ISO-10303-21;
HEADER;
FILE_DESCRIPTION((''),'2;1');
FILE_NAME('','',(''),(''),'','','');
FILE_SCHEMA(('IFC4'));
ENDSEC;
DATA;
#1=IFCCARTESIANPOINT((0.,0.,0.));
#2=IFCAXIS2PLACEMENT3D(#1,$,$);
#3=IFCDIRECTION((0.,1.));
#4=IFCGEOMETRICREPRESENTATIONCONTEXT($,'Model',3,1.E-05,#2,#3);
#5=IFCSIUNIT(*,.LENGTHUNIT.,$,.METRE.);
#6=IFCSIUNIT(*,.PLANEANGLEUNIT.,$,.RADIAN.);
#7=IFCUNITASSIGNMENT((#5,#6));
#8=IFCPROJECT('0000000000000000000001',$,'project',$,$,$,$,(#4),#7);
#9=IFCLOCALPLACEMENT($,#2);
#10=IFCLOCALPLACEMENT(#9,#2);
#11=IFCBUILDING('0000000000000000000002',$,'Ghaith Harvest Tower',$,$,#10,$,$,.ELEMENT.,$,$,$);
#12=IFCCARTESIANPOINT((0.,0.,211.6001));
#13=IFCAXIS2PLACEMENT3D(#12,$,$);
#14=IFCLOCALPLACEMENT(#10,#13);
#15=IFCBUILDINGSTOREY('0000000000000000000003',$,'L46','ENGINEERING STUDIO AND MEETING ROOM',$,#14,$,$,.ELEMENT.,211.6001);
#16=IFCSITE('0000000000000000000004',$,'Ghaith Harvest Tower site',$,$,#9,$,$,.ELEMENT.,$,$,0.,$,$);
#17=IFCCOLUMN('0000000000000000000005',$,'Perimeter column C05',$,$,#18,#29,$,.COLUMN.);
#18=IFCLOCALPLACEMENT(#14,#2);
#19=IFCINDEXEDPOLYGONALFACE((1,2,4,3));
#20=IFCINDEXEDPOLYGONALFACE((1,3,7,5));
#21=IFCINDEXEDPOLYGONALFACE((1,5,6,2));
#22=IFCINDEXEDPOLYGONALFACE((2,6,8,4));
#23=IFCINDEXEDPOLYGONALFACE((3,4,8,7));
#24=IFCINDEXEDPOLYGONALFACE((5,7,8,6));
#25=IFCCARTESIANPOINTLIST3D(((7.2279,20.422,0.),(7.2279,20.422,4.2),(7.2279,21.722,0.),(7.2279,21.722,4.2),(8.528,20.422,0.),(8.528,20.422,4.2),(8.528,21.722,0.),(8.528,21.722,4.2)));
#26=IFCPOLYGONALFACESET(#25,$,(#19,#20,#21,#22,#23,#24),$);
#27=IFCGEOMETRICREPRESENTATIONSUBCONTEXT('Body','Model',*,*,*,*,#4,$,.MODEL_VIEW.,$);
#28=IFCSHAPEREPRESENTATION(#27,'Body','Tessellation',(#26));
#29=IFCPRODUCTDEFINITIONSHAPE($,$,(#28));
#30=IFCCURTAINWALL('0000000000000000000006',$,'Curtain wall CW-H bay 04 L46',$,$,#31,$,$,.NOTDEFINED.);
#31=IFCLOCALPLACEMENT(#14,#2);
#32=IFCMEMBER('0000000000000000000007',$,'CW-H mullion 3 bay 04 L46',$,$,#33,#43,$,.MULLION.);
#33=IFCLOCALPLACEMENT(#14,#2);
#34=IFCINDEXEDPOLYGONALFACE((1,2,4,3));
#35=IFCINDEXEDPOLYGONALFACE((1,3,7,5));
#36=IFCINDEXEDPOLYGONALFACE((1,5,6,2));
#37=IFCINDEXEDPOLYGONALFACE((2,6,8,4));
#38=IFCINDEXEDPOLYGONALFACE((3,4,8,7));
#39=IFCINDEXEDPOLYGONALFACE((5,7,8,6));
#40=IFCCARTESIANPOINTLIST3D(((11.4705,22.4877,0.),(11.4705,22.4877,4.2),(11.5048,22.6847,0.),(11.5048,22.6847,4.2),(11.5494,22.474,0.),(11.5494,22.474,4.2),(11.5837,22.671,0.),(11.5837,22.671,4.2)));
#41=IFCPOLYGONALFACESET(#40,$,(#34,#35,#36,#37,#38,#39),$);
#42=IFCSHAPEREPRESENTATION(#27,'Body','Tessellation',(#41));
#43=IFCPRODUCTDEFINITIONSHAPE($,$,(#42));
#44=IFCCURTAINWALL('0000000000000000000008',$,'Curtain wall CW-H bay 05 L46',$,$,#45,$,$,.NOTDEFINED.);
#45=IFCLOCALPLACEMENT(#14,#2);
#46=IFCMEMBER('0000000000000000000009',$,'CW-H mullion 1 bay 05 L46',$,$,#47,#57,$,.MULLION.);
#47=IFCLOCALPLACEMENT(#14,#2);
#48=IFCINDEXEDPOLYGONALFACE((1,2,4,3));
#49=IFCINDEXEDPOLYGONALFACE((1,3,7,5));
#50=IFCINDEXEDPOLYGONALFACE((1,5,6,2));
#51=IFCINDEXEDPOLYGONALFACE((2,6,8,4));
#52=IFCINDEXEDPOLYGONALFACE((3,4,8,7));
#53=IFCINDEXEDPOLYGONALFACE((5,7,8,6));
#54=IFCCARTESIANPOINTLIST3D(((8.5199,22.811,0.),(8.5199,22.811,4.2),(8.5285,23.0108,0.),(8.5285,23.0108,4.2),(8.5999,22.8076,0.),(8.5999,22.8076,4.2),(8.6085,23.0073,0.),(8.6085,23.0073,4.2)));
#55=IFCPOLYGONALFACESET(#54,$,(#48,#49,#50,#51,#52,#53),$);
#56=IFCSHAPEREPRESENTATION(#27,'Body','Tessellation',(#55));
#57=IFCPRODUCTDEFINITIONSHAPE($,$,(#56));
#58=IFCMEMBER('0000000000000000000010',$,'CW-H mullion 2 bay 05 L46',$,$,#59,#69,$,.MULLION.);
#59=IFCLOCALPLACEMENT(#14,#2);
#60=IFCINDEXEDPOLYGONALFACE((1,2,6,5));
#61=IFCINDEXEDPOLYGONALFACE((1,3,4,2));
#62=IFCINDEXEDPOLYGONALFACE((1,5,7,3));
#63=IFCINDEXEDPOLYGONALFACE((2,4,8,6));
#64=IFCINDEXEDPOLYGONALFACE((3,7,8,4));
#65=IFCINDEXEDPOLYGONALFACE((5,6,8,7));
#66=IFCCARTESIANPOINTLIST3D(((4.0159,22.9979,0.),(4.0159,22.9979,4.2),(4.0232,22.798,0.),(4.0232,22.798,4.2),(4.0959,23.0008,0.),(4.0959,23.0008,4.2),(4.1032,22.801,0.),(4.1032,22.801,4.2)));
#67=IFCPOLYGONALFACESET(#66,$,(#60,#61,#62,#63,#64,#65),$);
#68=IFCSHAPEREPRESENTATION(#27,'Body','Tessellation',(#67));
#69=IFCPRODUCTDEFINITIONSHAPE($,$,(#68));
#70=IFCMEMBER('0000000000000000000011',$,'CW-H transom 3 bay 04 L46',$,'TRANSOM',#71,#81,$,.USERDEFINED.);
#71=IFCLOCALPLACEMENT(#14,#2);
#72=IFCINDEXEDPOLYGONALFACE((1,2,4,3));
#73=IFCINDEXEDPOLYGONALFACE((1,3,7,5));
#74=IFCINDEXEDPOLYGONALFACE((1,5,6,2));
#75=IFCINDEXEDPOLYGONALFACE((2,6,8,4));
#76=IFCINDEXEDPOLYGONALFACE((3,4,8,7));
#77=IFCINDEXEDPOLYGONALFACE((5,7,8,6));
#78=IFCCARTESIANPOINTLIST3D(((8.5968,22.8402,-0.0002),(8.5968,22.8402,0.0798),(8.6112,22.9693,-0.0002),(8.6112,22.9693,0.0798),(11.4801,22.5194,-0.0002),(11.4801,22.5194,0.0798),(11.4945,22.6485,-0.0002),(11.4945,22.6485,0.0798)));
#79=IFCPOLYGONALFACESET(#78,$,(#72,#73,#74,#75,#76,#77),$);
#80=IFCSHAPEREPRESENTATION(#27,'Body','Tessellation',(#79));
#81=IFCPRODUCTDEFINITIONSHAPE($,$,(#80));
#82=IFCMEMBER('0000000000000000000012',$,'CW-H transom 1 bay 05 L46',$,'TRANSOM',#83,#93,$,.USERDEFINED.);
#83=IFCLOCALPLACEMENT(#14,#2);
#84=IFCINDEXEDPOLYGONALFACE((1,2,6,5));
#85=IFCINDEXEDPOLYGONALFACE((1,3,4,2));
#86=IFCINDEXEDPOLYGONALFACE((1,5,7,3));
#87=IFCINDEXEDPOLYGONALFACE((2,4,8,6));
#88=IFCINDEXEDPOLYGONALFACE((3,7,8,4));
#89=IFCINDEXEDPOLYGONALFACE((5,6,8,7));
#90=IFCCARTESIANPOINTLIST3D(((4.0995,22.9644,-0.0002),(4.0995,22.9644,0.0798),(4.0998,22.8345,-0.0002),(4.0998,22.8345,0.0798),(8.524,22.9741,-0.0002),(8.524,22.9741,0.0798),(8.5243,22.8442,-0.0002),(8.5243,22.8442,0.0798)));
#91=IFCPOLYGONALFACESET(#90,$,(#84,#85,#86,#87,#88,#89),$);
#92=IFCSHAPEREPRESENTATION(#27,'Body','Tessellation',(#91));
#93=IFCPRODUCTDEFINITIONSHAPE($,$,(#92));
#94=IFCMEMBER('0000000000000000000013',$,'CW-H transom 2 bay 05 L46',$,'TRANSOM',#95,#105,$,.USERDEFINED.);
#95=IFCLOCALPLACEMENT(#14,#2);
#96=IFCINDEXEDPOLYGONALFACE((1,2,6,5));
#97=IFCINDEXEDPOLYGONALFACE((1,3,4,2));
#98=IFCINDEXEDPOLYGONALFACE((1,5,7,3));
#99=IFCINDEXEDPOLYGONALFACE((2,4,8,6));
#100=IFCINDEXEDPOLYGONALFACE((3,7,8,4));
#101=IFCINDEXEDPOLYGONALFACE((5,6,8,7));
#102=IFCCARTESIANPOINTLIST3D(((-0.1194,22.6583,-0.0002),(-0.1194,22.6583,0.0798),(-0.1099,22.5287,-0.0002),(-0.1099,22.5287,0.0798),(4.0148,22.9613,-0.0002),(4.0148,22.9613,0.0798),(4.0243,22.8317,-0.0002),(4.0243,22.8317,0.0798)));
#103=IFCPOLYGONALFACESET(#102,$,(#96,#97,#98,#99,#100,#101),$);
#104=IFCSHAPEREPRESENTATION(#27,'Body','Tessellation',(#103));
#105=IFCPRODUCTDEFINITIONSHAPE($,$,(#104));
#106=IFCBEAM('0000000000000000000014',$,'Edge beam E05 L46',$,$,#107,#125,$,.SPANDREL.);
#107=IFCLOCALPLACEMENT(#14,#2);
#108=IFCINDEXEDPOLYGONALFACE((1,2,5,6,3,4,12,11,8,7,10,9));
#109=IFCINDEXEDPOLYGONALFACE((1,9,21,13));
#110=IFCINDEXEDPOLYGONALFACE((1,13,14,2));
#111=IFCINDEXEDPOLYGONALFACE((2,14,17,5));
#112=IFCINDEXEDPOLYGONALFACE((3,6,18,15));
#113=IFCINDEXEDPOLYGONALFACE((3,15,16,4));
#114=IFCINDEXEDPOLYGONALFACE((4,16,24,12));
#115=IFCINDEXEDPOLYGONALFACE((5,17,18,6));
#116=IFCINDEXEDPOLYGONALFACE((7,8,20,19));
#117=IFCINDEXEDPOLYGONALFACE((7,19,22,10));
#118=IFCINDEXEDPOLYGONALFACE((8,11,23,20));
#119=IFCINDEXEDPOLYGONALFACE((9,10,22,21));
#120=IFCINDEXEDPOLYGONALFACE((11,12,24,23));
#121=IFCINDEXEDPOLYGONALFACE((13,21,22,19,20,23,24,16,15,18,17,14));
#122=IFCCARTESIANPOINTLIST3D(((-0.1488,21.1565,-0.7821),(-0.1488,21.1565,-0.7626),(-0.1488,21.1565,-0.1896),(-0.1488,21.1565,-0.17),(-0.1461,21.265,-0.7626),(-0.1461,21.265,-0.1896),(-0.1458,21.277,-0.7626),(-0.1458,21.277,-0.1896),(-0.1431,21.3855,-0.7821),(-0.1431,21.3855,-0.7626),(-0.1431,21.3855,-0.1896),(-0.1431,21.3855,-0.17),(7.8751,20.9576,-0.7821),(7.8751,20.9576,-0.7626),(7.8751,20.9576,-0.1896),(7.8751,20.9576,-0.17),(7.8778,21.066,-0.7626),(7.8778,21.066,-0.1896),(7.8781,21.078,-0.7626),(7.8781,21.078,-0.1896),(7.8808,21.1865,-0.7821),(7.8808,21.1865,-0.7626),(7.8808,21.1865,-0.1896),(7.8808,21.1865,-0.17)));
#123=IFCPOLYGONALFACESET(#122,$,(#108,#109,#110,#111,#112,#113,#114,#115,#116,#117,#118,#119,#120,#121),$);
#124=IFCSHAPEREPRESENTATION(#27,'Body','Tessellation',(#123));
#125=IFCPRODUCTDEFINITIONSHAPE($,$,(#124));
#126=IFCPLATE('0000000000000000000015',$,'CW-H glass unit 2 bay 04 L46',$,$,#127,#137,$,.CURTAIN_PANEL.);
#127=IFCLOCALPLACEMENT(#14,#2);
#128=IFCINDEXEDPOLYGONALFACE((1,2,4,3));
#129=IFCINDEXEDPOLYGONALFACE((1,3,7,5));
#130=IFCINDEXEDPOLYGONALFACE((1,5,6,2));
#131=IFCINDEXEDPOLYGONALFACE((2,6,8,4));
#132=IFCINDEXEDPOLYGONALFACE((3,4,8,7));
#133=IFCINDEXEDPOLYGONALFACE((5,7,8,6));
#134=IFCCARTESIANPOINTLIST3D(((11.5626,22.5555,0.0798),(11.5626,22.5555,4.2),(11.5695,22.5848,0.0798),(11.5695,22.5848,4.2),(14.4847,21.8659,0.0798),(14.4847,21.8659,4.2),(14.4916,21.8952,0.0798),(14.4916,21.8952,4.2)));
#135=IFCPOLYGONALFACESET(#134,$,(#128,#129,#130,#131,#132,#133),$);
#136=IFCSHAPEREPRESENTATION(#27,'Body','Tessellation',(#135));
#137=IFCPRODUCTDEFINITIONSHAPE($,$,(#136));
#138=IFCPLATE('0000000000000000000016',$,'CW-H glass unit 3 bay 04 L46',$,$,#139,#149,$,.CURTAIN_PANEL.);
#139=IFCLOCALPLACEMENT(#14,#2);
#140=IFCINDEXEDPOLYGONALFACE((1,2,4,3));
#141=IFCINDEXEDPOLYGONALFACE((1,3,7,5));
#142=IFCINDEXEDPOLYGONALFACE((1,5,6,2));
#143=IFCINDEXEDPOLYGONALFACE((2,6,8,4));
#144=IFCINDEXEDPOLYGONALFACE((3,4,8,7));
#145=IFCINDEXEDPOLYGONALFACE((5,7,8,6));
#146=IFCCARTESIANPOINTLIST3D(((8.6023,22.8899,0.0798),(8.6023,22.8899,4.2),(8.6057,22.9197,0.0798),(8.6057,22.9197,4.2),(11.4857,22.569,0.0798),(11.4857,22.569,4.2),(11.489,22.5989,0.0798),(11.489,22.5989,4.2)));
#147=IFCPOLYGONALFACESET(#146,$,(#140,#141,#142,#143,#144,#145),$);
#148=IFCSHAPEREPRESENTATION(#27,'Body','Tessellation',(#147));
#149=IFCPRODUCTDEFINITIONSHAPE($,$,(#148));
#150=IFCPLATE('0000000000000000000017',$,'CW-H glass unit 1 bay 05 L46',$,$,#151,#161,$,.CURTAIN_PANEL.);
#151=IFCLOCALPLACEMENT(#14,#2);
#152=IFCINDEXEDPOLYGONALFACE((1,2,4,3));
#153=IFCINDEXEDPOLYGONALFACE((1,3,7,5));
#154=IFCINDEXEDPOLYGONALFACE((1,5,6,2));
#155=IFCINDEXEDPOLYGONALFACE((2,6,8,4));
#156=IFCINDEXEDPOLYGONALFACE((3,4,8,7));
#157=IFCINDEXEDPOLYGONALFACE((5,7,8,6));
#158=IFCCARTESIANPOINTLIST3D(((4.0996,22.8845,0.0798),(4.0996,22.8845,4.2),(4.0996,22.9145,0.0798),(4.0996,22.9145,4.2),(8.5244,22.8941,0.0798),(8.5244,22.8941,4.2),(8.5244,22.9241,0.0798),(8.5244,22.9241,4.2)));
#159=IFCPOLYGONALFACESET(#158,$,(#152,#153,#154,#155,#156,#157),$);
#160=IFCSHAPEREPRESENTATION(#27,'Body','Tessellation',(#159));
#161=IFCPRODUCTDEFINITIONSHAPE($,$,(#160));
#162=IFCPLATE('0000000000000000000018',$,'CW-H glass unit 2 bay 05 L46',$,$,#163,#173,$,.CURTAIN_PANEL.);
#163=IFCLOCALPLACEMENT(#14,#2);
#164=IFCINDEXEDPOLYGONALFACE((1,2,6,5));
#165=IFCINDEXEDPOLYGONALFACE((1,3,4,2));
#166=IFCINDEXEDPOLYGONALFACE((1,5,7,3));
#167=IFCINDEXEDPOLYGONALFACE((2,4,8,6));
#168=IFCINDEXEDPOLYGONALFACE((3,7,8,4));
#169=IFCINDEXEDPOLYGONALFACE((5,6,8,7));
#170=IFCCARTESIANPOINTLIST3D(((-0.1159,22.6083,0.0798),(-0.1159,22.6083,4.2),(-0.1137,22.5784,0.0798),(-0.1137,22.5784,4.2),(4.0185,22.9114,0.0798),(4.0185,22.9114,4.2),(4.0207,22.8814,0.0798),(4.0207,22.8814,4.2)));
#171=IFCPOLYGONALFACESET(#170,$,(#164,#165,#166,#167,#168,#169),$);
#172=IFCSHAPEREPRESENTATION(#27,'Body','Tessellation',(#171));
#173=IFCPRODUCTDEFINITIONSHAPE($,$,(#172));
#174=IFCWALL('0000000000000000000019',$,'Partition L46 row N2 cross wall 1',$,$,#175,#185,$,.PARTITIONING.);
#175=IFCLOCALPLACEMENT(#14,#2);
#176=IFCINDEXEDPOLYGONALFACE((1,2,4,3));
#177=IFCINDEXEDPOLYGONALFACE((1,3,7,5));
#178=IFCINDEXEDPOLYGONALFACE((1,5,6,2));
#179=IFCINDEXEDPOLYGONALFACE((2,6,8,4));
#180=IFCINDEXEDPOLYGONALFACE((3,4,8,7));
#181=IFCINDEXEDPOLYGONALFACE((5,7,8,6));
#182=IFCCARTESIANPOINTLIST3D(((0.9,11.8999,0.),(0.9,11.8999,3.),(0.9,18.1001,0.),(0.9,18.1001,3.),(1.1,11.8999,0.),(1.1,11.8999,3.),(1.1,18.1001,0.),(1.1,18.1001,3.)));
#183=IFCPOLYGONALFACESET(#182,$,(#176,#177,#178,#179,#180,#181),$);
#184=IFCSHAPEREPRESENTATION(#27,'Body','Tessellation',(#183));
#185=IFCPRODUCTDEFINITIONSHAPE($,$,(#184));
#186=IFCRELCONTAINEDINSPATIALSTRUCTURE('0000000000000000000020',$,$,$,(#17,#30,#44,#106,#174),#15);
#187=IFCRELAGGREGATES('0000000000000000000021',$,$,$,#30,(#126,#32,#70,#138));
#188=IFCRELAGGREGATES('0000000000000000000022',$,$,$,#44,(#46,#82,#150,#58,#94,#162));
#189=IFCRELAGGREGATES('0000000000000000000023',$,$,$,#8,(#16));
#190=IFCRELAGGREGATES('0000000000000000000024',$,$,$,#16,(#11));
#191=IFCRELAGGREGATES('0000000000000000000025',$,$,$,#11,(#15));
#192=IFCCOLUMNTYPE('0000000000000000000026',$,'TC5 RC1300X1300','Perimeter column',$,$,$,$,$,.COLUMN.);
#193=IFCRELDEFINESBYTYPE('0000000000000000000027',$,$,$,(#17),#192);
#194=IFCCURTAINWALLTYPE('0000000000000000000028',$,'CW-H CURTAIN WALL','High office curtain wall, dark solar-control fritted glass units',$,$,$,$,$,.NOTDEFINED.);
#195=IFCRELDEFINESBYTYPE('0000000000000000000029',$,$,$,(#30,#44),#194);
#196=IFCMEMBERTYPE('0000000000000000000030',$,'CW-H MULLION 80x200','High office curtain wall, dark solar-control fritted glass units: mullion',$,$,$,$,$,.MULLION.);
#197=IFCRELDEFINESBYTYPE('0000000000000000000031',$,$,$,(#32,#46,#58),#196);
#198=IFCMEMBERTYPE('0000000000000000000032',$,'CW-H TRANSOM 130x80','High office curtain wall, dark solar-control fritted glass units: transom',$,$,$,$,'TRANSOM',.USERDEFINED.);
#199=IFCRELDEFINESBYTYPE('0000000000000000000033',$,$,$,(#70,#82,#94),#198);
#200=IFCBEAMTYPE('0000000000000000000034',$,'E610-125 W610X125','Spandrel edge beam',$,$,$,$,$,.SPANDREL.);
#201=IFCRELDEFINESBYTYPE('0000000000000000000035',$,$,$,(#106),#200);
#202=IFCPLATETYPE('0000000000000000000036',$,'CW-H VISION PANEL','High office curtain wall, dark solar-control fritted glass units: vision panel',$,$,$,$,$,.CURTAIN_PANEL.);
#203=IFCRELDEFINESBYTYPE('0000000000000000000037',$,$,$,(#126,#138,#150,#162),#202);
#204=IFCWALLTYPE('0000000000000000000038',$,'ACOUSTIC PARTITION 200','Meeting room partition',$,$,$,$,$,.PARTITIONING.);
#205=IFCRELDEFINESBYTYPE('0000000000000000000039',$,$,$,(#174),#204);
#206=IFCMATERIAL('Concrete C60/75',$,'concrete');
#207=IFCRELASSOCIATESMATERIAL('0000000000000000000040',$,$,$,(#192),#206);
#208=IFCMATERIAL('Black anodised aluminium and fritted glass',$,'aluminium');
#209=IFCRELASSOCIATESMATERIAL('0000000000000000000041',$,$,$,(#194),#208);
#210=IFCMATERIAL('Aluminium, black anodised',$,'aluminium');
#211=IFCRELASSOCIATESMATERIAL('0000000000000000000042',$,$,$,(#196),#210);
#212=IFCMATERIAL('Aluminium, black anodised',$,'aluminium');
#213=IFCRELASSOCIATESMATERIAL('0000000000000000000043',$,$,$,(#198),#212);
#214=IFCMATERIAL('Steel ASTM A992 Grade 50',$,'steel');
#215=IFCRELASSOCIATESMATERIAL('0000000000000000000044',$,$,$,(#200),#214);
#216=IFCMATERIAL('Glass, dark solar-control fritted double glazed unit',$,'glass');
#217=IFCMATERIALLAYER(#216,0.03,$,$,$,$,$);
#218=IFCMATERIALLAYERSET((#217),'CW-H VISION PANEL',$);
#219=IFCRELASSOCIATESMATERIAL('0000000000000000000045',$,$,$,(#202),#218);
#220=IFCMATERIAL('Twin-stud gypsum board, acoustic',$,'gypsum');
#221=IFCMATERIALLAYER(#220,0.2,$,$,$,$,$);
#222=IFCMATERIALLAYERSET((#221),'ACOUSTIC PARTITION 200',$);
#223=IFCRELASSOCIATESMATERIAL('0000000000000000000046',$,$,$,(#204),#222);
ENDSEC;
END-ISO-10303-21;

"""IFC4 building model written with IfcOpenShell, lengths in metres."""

from ifc_helpers import new_model, si_unit, direction, frame, frame_2d, origin, origin_2d, place, context, subcontext, project, spatial, rectangle, i_section, extrude, material, layer, layer_set, material_profile, profile_set, type_object, element, aggregate, save


model = new_model("IFC4")

# Units and contexts
model_context = context("Model", 3, precision=1e-05, world=origin(), true_north=direction((0.0, 1.0)))
body_context = subcontext(model_context, "Body", "Model", "MODEL_VIEW")
ifc_project = project(units=[si_unit("LENGTHUNIT", "METRE"), si_unit("PLANEANGLEUNIT", "RADIAN")], contexts=[model_context])

# Site, building, storey
site_placement = place(None, origin())
site = spatial("IfcSite", under=ifc_project, at=site_placement, Name="Ghaith Harvest Tower site", CompositionType="ELEMENT", RefElevation=0.0)
building_placement = place(site_placement, origin())
building = spatial("IfcBuilding", under=site, at=building_placement, Name="Ghaith Harvest Tower", CompositionType="ELEMENT")
storey_placement = place(building_placement, frame((0.0, 0.0, 211.6001)))
storey = spatial("IfcBuildingStorey", under=building, at=storey_placement, Name="L46", Description="ENGINEERING STUDIO AND MEETING ROOM", CompositionType="ELEMENT", Elevation=211.6001)

# Column
ifc_material_1 = material(Name="Concrete C60/75", Category="concrete")
ifc_material_profile_1 = material_profile(ifc_material_1, rectangle(XDim=1.3, YDim=1.3, at=origin_2d()), Name="RC1300X1300")
ifc_profile_set_1 = profile_set([ifc_material_profile_1], Name="Concrete C60/75")
column_type = type_object("IfcColumnType", Name="TC5 RC1300X1300", Description="Perimeter column", PredefinedType="COLUMN", material=ifc_profile_set_1)
column_placement = place(storey_placement, frame((7.8779, 21.072, 0.0), z_axis=(0.0, 0.0, 1.0), x_axis=(1.0, 0.0, 0.0)))
element("IfcColumn", 1, at=column_placement, inside=storey, type_object=column_type, Name="Perimeter column C05", PredefinedType="COLUMN", context=body_context, shape_type="SweptSolid", body=[
    extrude(rectangle(XDim=1.3, YDim=1.3, at=origin_2d()), origin(), (0.0, 0.0, 1.0), 4.2),
])

# Curtain wall, member
ifc_material_2 = material(Name="Black anodised aluminium and fritted glass", Category="aluminium")
curtain_wall_type = type_object("IfcCurtainWallType", Name="CW-H CURTAIN WALL", Description="High office curtain wall, dark solar-control fritted glass units", PredefinedType="NOTDEFINED", material=ifc_material_2)
curtain_wall_1_placement = place(storey_placement, origin())
curtain_wall_1 = element("IfcCurtainWall", 2, at=curtain_wall_1_placement, inside=storey, type_object=curtain_wall_type, Name="Curtain wall CW-H bay 04 L46", PredefinedType="NOTDEFINED")
ifc_material_3 = material(Name="Aluminium, black anodised", Category="aluminium")
ifc_material_profile_2 = material_profile(ifc_material_3, rectangle(XDim=0.0801, YDim=0.2, at=origin_2d()), Name="CW-H MULLION 80x200")
ifc_profile_set_2 = profile_set([ifc_material_profile_2], Name="Aluminium, black anodised")
member_type_1 = type_object("IfcMemberType", Name="CW-H MULLION 80x200", Description="High office curtain wall, dark solar-control fritted glass units: mullion", PredefinedType="MULLION", material=ifc_profile_set_2)
member_1_placement = place(storey_placement, frame((11.5271, 22.5793, 0.0), z_axis=(0.0, 0.0, 1.0), x_axis=(-0.985193, 0.171447, 0.0)))
member_1 = element("IfcMember", 3, at=member_1_placement, type_object=member_type_1, Name="CW-H mullion 3 bay 04 L46", PredefinedType="MULLION", context=body_context, shape_type="SweptSolid", body=[
    extrude(rectangle(XDim=0.0801, YDim=0.2, at=origin_2d()), origin(), (0.0, 0.0, 1.0), 4.2),
])

# Curtain wall, members
curtain_wall_2_placement = place(storey_placement, origin())
curtain_wall_2 = element("IfcCurtainWall", 4, at=curtain_wall_2_placement, inside=storey, type_object=curtain_wall_type, Name="Curtain wall CW-H bay 05 L46", PredefinedType="NOTDEFINED")
member_2_placement = place(storey_placement, frame((8.5642, 22.9092, 0.0), z_axis=(0.0, 0.0, 1.0), x_axis=(-0.999084, 0.042803, 0.0)))
member_2 = element("IfcMember", 5, at=member_2_placement, type_object=member_type_1, Name="CW-H mullion 1 bay 05 L46", PredefinedType="MULLION", context=body_context, shape_type="SweptSolid", body=[
    extrude(rectangle(XDim=0.0801, YDim=0.2, at=origin_2d()), origin(), (0.0, 0.0, 1.0), 4.2),
])
member_3_placement = place(storey_placement, frame((4.0596, 22.8994, 0.0), z_axis=(0.0, 0.0, 1.0), x_axis=(-0.999333, -0.036524, 0.0)))
member_3 = element("IfcMember", 6, at=member_3_placement, type_object=member_type_1, Name="CW-H mullion 2 bay 05 L46", PredefinedType="MULLION", context=body_context, shape_type="SweptSolid", body=[
    extrude(rectangle(XDim=0.0801, YDim=0.2, at=origin_2d()), origin(), (0.0, 0.0, 1.0), 4.2),
])

# Members
ifc_material_4 = material(Name="Aluminium, black anodised", Category="aluminium")
ifc_material_profile_3 = material_profile(ifc_material_4, rectangle(XDim=0.1299, YDim=0.0801, at=origin_2d()), Name="CW-H TRANSOM 130x80")
ifc_profile_set_3 = profile_set([ifc_material_profile_3], Name="Aluminium, black anodised")
member_type_2 = type_object("IfcMemberType", Name="CW-H TRANSOM 130x80", Description="High office curtain wall, dark solar-control fritted glass units: transom", ElementType="TRANSOM", PredefinedType="USERDEFINED", material=ifc_profile_set_3)
member_4_placement = place(storey_placement, frame((11.4873, 22.584, 0.0398), z_axis=(-0.993867, 0.110579, 0.0), x_axis=(-0.110579, -0.993867, 0.0)))
member_4 = element("IfcMember", 7, at=member_4_placement, type_object=member_type_2, Name="CW-H transom 3 bay 04 L46", ObjectType="TRANSOM", PredefinedType="USERDEFINED", context=body_context, shape_type="SweptSolid", body=[
    extrude(rectangle(XDim=0.1299, YDim=0.0801, at=origin_2d()), origin(), (0.0, 0.0, 1.0), 2.9011),
])
member_5_placement = place(storey_placement, frame((8.5242, 22.9092, 0.0398), z_axis=(-0.999998, -0.002207, 0.0), x_axis=(0.002207, -0.999998, 0.0)))
member_5 = element("IfcMember", 8, at=member_5_placement, type_object=member_type_2, Name="CW-H transom 1 bay 05 L46", ObjectType="TRANSOM", PredefinedType="USERDEFINED", context=body_context, shape_type="SweptSolid", body=[
    extrude(rectangle(XDim=0.1299, YDim=0.0801, at=origin_2d()), origin(), (0.0, 0.0, 1.0), 4.4246),
])
member_6_placement = place(storey_placement, frame((4.0195, 22.8965, 0.0398), z_axis=(-0.997325, -0.073089, 0.0), x_axis=(0.073089, -0.997325, 0.0)))
member_6 = element("IfcMember", 9, at=member_6_placement, type_object=member_type_2, Name="CW-H transom 2 bay 05 L46", ObjectType="TRANSOM", PredefinedType="USERDEFINED", context=body_context, shape_type="SweptSolid", body=[
    extrude(rectangle(XDim=0.1299, YDim=0.0801, at=origin_2d()), origin(), (0.0, 0.0, 1.0), 4.1453),
])

# Beam
ifc_material_5 = material(Name="Steel ASTM A992 Grade 50", Category="steel")
ifc_material_profile_4 = material_profile(ifc_material_5, i_section(OverallWidth=0.229, OverallDepth=0.6121, WebThickness=0.012, FlangeThickness=0.0195, at=origin_2d()), Name="W610X125")
ifc_profile_set_4 = profile_set([ifc_material_profile_4], Name="Steel ASTM A992 Grade 50")
beam_type = type_object("IfcBeamType", Name="E610-125 W610X125", Description="Spandrel edge beam", PredefinedType="SPANDREL", material=ifc_profile_set_4)
beam_placement = place(storey_placement, frame((7.8779, 21.072, -0.4761), z_axis=(-0.999693, 0.02479, 0.0), x_axis=(-0.02479, -0.999693, 0.0)))
element("IfcBeam", 10, at=beam_placement, inside=storey, type_object=beam_type, Name="Edge beam E05 L46", PredefinedType="SPANDREL", context=body_context, shape_type="SweptSolid", body=[
    extrude(i_section(OverallWidth=0.229, OverallDepth=0.6121, WebThickness=0.012, FlangeThickness=0.0195, at=origin_2d()), origin(), (0.0, 0.0, 1.0), 8.0264),
])

# Plates
ifc_material_6 = material(Name="Glass, dark solar-control fritted double glazed unit", Category="glass")
ifc_layer_1 = layer(ifc_material_6, 0.03)
ifc_layer_set_1 = layer_set([ifc_layer_1], Name="CW-H VISION PANEL")
plate_type = type_object("IfcPlateType", Name="CW-H VISION PANEL", Description="High office curtain wall, dark solar-control fritted glass units: vision panel", PredefinedType="CURTAIN_PANEL", material=ifc_layer_set_1)
plate_1_placement = place(storey_placement, frame((13.0271, 22.2253, 0.0798), z_axis=(0.0, 0.0, 1.0), x_axis=(-0.973266, 0.22968, 0.0)))
plate_1 = element("IfcPlate", 11, at=plate_1_placement, type_object=plate_type, Name="CW-H glass unit 2 bay 04 L46", PredefinedType="CURTAIN_PANEL", context=body_context, shape_type="SweptSolid", body=[
    extrude(rectangle(XDim=3.0024, YDim=0.03, at=origin_2d()), origin(), (0.0, 0.0, 1.0), 4.1201),
])
plate_2_placement = place(storey_placement, frame((10.0457, 22.7444, 0.0798), z_axis=(0.0, 0.0, 1.0), x_axis=(-0.993865, 0.110598, 0.0)))
plate_2 = element("IfcPlate", 12, at=plate_2_placement, type_object=plate_type, Name="CW-H glass unit 3 bay 04 L46", PredefinedType="CURTAIN_PANEL", context=body_context, shape_type="SweptSolid", body=[
    extrude(rectangle(XDim=2.9011, YDim=0.03, at=origin_2d()), origin(), (0.0, 0.0, 1.0), 4.1201),
])
aggregate(curtain_wall_1, [plate_1, member_1, member_4, plate_2])
plate_3_placement = place(storey_placement, frame((6.312, 22.9043, 0.0798), z_axis=(0.0, 0.0, 1.0), x_axis=(-0.999998, -0.002171, 0.0)))
plate_3 = element("IfcPlate", 13, at=plate_3_placement, type_object=plate_type, Name="CW-H glass unit 1 bay 05 L46", PredefinedType="CURTAIN_PANEL", context=body_context, shape_type="SweptSolid", body=[
    extrude(rectangle(XDim=4.4248, YDim=0.03, at=origin_2d()), origin(), (0.0, 0.0, 1.0), 4.1201),
])
plate_4_placement = place(storey_placement, frame((1.9524, 22.7449, 0.0798), z_axis=(0.0, 0.0, 1.0), x_axis=(-0.997325, -0.073101, 0.0)))
plate_4 = element("IfcPlate", 14, at=plate_4_placement, type_object=plate_type, Name="CW-H glass unit 2 bay 05 L46", PredefinedType="CURTAIN_PANEL", context=body_context, shape_type="SweptSolid", body=[
    extrude(rectangle(XDim=4.1455, YDim=0.03, at=origin_2d()), origin(), (0.0, 0.0, 1.0), 4.1201),
])
aggregate(curtain_wall_2, [member_2, member_5, plate_3, member_3, member_6, plate_4])

# Wall
ifc_material_7 = material(Name="Twin-stud gypsum board, acoustic", Category="gypsum")
ifc_layer_2 = layer(ifc_material_7, 0.2)
ifc_layer_set_2 = layer_set([ifc_layer_2], Name="ACOUSTIC PARTITION 200")
wall_type = type_object("IfcWallType", Name="ACOUSTIC PARTITION 200", Description="Meeting room partition", PredefinedType="PARTITIONING", material=ifc_layer_set_2)
for number, where, z_axis, x_axis, name in (
    (15, (1.0, 11.8999, 0.0), (0.0, 0.0, 1.0), (0.0, 1.0, 0.0), "Partition L46 row N2 cross wall 1"),
):
    element("IfcWall", number, at=place(storey_placement, frame(where, z_axis=z_axis, x_axis=x_axis)), inside=storey, type_object=wall_type, Name=name, PredefinedType="PARTITIONING", context=body_context, shape_type="SweptSolid", body=[
        extrude(rectangle(XDim=6.2002, YDim=0.2, at=frame_2d((3.1001, 0.0))), origin(), (0.0, 0.0, 1.0), 3.0),
    ])

save(model, "model.ifc")
